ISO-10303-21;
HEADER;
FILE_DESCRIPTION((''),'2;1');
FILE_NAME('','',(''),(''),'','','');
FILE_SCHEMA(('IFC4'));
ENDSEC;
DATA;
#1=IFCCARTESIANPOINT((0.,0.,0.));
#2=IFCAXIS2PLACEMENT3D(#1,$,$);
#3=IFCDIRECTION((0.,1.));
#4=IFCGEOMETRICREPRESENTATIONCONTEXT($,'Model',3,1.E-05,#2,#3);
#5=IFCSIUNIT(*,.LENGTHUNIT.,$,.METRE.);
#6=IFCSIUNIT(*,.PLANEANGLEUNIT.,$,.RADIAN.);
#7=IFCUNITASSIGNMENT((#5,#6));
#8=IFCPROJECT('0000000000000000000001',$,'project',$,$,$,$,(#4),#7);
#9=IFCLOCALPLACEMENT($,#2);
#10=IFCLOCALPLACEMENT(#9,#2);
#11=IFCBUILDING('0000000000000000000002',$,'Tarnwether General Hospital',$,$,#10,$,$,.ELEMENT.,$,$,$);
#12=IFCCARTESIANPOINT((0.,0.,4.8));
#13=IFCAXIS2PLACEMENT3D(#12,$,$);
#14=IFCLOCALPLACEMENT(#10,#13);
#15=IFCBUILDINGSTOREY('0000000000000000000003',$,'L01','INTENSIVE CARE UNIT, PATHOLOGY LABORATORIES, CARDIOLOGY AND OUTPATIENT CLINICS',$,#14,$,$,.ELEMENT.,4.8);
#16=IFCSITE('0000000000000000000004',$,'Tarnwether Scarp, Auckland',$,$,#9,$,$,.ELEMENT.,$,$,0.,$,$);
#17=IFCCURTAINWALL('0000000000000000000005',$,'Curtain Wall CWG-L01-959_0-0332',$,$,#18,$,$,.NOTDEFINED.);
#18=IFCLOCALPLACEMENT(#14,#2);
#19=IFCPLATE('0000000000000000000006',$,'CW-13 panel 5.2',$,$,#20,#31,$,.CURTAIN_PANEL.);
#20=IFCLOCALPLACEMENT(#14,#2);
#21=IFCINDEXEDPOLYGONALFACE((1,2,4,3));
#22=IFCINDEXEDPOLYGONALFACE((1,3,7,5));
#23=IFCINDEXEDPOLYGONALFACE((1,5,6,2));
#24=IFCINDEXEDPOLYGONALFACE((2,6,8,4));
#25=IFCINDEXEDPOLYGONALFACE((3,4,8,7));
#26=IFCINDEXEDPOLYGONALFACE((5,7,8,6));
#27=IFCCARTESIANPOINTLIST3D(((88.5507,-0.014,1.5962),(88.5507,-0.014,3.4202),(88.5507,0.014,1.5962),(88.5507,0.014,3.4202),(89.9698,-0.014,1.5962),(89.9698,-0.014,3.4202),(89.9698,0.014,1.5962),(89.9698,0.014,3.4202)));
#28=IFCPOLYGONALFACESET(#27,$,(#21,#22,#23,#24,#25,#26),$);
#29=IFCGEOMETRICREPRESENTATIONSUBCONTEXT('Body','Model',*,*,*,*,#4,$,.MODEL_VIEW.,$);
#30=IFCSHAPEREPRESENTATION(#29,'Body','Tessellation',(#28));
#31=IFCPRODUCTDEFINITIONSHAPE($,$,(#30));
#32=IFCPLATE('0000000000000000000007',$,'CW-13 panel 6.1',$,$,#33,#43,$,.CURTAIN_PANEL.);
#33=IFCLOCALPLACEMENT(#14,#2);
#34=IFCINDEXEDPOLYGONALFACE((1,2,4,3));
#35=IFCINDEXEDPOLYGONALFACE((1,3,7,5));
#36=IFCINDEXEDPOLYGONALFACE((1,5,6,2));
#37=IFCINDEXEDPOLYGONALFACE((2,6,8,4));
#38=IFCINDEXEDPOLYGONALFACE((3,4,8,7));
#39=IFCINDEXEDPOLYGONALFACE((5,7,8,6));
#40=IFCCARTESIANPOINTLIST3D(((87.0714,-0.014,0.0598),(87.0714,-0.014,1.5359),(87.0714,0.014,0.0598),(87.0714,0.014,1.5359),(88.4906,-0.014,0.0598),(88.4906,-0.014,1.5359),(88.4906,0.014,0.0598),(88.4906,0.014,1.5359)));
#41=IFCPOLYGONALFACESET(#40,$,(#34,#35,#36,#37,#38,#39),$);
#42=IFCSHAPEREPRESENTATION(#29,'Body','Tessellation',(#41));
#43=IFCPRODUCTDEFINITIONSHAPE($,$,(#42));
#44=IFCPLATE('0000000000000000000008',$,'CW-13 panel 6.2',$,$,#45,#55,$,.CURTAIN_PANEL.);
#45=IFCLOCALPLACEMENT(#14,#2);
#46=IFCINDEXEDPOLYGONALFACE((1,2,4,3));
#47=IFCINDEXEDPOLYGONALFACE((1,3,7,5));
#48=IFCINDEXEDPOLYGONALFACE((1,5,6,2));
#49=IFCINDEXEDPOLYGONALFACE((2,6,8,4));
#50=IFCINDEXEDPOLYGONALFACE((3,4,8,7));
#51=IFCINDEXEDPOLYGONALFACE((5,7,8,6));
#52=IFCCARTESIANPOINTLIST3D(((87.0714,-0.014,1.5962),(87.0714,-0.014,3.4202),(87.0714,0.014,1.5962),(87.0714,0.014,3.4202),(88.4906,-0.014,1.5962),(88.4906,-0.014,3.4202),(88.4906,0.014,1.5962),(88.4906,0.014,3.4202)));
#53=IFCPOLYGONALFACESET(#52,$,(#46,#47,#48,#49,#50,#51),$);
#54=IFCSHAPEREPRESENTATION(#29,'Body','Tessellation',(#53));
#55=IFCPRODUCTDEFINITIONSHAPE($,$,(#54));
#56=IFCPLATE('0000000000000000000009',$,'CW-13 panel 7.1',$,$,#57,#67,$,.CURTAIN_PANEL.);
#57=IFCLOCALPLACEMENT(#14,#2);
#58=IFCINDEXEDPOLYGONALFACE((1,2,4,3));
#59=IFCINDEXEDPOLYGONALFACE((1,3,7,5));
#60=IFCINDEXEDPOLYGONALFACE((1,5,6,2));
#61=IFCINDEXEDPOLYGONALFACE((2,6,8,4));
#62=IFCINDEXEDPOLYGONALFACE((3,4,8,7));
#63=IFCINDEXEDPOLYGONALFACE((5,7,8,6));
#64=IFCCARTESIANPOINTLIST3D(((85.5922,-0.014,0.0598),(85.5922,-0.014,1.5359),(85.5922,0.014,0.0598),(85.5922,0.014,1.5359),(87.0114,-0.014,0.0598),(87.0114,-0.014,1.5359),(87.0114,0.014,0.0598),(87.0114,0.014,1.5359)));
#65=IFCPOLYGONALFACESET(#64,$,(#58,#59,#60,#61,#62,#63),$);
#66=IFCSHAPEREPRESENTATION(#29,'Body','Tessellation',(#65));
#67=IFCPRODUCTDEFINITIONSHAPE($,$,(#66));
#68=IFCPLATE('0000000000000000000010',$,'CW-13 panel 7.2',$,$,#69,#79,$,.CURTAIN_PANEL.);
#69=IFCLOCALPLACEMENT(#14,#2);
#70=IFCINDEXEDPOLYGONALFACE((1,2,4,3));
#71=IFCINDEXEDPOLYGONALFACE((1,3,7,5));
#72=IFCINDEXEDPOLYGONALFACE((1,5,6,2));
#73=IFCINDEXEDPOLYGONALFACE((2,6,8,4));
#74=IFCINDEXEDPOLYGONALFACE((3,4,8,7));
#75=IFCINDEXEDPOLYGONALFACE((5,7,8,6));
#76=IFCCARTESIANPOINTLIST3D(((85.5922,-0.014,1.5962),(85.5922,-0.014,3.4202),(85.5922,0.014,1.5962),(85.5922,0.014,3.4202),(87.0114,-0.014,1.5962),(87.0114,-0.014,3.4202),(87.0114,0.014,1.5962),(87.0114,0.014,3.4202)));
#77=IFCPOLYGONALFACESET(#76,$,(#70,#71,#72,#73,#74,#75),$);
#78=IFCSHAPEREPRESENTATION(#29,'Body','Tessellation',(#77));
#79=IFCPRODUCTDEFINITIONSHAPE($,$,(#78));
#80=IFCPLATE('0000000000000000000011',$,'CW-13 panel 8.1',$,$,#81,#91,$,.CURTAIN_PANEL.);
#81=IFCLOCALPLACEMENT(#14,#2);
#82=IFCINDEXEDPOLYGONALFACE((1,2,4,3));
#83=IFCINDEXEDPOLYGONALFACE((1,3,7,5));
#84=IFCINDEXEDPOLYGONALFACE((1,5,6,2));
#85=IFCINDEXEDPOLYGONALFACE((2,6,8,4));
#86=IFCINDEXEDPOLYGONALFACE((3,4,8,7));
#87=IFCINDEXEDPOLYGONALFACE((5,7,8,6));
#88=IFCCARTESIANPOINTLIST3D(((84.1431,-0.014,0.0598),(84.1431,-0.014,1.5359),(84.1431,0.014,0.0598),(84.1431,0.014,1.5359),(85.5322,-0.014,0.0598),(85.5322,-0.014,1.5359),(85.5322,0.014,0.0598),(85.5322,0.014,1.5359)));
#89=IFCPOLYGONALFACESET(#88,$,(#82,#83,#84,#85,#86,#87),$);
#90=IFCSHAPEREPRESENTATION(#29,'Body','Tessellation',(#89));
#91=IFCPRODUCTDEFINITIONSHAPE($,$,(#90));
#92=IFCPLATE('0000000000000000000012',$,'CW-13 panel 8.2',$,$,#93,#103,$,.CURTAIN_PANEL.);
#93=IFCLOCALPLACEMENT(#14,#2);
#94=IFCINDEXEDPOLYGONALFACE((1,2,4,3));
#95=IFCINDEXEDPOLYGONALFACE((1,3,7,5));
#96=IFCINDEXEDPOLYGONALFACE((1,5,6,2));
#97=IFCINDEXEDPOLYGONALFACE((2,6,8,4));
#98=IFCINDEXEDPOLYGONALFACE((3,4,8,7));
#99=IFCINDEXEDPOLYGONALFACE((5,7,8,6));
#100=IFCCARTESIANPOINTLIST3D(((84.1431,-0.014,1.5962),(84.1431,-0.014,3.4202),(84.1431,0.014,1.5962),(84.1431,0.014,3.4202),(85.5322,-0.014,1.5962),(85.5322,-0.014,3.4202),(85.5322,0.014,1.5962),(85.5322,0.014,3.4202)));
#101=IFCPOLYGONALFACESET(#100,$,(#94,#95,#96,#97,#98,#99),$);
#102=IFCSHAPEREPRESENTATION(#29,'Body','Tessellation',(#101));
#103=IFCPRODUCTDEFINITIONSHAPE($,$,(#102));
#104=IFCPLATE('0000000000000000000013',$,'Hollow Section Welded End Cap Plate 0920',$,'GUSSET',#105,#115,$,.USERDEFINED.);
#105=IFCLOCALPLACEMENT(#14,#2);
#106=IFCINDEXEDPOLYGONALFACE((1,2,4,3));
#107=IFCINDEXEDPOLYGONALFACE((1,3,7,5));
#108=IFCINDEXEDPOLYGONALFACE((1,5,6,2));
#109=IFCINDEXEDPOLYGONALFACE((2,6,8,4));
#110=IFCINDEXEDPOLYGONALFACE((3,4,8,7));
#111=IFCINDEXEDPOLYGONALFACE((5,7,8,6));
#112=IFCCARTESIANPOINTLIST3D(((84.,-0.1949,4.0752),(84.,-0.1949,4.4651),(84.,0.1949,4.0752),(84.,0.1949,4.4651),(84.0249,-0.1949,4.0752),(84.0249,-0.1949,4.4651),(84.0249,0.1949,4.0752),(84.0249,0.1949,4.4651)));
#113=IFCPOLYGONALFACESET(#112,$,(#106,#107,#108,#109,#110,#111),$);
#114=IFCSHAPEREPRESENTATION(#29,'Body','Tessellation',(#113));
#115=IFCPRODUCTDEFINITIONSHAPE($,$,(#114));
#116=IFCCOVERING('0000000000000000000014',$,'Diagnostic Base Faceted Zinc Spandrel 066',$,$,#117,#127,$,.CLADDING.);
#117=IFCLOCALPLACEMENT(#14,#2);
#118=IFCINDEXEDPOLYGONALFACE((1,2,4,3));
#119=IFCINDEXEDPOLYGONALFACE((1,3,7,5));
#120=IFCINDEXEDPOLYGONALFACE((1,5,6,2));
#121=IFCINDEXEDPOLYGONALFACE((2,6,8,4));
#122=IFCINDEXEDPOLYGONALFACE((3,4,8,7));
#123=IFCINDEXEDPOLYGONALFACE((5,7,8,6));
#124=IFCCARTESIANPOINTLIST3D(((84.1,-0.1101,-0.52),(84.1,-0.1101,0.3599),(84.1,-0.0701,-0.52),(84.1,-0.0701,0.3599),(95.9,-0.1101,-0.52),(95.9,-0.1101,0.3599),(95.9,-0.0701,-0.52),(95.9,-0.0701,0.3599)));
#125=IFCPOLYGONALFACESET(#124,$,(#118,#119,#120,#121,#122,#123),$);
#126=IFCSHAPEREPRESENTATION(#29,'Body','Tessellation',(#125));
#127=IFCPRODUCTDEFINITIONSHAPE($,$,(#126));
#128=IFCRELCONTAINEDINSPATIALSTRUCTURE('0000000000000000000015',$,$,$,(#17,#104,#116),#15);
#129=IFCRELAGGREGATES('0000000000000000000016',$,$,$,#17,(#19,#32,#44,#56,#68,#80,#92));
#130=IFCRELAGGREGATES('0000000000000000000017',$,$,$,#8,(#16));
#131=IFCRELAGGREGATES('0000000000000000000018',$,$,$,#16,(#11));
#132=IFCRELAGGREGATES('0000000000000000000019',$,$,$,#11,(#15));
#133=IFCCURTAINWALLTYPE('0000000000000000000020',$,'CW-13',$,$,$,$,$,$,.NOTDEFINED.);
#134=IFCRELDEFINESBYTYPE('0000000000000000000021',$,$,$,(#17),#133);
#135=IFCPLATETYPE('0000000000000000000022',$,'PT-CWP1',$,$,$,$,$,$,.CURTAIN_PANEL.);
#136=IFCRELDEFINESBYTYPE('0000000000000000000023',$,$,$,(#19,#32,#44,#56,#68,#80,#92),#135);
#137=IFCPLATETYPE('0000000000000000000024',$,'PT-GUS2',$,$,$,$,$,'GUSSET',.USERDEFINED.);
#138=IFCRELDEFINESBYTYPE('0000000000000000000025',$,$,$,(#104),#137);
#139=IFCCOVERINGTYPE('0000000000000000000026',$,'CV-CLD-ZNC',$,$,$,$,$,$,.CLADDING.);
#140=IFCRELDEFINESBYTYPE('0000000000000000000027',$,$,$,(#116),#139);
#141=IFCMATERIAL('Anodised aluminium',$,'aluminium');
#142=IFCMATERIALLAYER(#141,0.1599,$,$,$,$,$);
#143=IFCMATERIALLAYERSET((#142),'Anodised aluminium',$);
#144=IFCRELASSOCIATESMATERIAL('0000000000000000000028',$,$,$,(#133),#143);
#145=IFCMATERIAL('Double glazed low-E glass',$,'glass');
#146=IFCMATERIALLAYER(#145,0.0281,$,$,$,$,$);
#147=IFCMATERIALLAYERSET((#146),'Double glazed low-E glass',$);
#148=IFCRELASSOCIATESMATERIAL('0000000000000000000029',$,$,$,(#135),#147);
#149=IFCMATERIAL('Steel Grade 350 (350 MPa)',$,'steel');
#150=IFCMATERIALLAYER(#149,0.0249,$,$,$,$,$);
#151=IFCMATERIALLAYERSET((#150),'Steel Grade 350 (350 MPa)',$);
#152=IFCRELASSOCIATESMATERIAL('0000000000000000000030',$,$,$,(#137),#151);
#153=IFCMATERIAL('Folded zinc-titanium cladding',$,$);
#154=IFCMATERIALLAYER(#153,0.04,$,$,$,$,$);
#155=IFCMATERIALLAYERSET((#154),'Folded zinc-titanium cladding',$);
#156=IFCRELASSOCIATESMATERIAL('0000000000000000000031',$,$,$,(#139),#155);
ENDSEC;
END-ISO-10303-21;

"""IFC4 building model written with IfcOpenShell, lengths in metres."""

from ifc_helpers import new_model, si_unit, direction, frame, origin, origin_2d, place, context, subcontext, project, spatial, rectangle, extrude, material, layer, layer_set, type_object, element, aggregate, save


model = new_model("IFC4")

# Units and contexts
model_context = context("Model", 3, precision=1e-05, world=origin(), true_north=direction((0.0, 1.0)))
body_context = subcontext(model_context, "Body", "Model", "MODEL_VIEW")
ifc_project = project(units=[si_unit("LENGTHUNIT", "METRE"), si_unit("PLANEANGLEUNIT", "RADIAN")], contexts=[model_context])

# Site, building, storey
site_placement = place(None, origin())
site = spatial("IfcSite", under=ifc_project, at=site_placement, Name="Tarnwether Scarp, Auckland", CompositionType="ELEMENT", RefElevation=0.0)
building_placement = place(site_placement, origin())
building = spatial("IfcBuilding", under=site, at=building_placement, Name="Tarnwether General Hospital", CompositionType="ELEMENT")
storey_placement = place(building_placement, frame((0.0, 0.0, 4.8)))
storey = spatial("IfcBuildingStorey", under=building, at=storey_placement, Name="L01", Description="INTENSIVE CARE UNIT, PATHOLOGY LABORATORIES, CARDIOLOGY AND OUTPATIENT CLINICS", CompositionType="ELEMENT", Elevation=4.8)

# Curtain wall, plates
ifc_material_1 = material(Name="Anodised aluminium", Category="aluminium")
ifc_layer_1 = layer(ifc_material_1, 0.1599)
ifc_layer_set_1 = layer_set([ifc_layer_1], Name="Anodised aluminium")
curtain_wall_type = type_object("IfcCurtainWallType", Name="CW-13", PredefinedType="NOTDEFINED", material=ifc_layer_set_1)
curtain_wall_placement = place(storey_placement, origin())
curtain_wall = element("IfcCurtainWall", 1, at=curtain_wall_placement, inside=storey, type_object=curtain_wall_type, Name="Curtain Wall CWG-L01-959_0-0332", PredefinedType="NOTDEFINED")
ifc_material_2 = material(Name="Double glazed low-E glass", Category="glass")
ifc_layer_2 = layer(ifc_material_2, 0.0281)
ifc_layer_set_2 = layer_set([ifc_layer_2], Name="Double glazed low-E glass")
plate_type_1 = type_object("IfcPlateType", Name="PT-CWP1", PredefinedType="CURTAIN_PANEL", material=ifc_layer_set_2)
plate_1_placement = place(storey_placement, frame((89.2603, 0.0, 1.5962), z_axis=(0.0, 0.0, 1.0), x_axis=(-1.0, 0.0, 0.0)))
plate_1 = element("IfcPlate", 2, at=plate_1_placement, type_object=plate_type_1, Name="CW-13 panel 5.2", PredefinedType="CURTAIN_PANEL", context=body_context, shape_type="SweptSolid", body=[
    extrude(rectangle(XDim=1.4192, YDim=0.0281, at=origin_2d()), origin(), (0.0, 0.0, 1.0), 1.824),
])
plate_2_placement = place(storey_placement, frame((87.781, 0.0, 0.0598), z_axis=(0.0, 0.0, 1.0), x_axis=(-1.0, 0.0, 0.0)))
plate_2 = element("IfcPlate", 3, at=plate_2_placement, type_object=plate_type_1, Name="CW-13 panel 6.1", PredefinedType="CURTAIN_PANEL", context=body_context, shape_type="SweptSolid", body=[
    extrude(rectangle(XDim=1.4192, YDim=0.0281, at=origin_2d()), origin(), (0.0, 0.0, 1.0), 1.4761),
])
plate_3_placement = place(storey_placement, frame((87.781, 0.0, 1.5962), z_axis=(0.0, 0.0, 1.0), x_axis=(-1.0, 0.0, 0.0)))
plate_3 = element("IfcPlate", 4, at=plate_3_placement, type_object=plate_type_1, Name="CW-13 panel 6.2", PredefinedType="CURTAIN_PANEL", context=body_context, shape_type="SweptSolid", body=[
    extrude(rectangle(XDim=1.4192, YDim=0.0281, at=origin_2d()), origin(), (0.0, 0.0, 1.0), 1.824),
])
plate_4_placement = place(storey_placement, frame((86.3018, 0.0, 0.0598), z_axis=(0.0, 0.0, 1.0), x_axis=(-1.0, 0.0, 0.0)))
plate_4 = element("IfcPlate", 5, at=plate_4_placement, type_object=plate_type_1, Name="CW-13 panel 7.1", PredefinedType="CURTAIN_PANEL", context=body_context, shape_type="SweptSolid", body=[
    extrude(rectangle(XDim=1.4192, YDim=0.0281, at=origin_2d()), origin(), (0.0, 0.0, 1.0), 1.4761),
])
plate_5_placement = place(storey_placement, frame((86.3018, 0.0, 1.5962), z_axis=(0.0, 0.0, 1.0), x_axis=(-1.0, 0.0, 0.0)))
plate_5 = element("IfcPlate", 6, at=plate_5_placement, type_object=plate_type_1, Name="CW-13 panel 7.2", PredefinedType="CURTAIN_PANEL", context=body_context, shape_type="SweptSolid", body=[
    extrude(rectangle(XDim=1.4192, YDim=0.0281, at=origin_2d()), origin(), (0.0, 0.0, 1.0), 1.824),
])
plate_6_placement = place(storey_placement, frame((84.8376, 0.0, 0.0598), z_axis=(0.0, 0.0, 1.0), x_axis=(-1.0, 0.0, 0.0)))
plate_6 = element("IfcPlate", 7, at=plate_6_placement, type_object=plate_type_1, Name="CW-13 panel 8.1", PredefinedType="CURTAIN_PANEL", context=body_context, shape_type="SweptSolid", body=[
    extrude(rectangle(XDim=1.3892, YDim=0.0281, at=origin_2d()), origin(), (0.0, 0.0, 1.0), 1.4761),
])
plate_7_placement = place(storey_placement, frame((84.8376, 0.0, 1.5962), z_axis=(0.0, 0.0, 1.0), x_axis=(-1.0, 0.0, 0.0)))
plate_7 = element("IfcPlate", 8, at=plate_7_placement, type_object=plate_type_1, Name="CW-13 panel 8.2", PredefinedType="CURTAIN_PANEL", context=body_context, shape_type="SweptSolid", body=[
    extrude(rectangle(XDim=1.3892, YDim=0.0281, at=origin_2d()), origin(), (0.0, 0.0, 1.0), 1.824),
])
aggregate(curtain_wall, [plate_1, plate_2, plate_3, plate_4, plate_5, plate_6, plate_7])

# Plate
ifc_material_3 = material(Name="Steel Grade 350 (350 MPa)", Category="steel")
ifc_layer_3 = layer(ifc_material_3, 0.0249)
ifc_layer_set_3 = layer_set([ifc_layer_3], Name="Steel Grade 350 (350 MPa)")
plate_type_2 = type_object("IfcPlateType", Name="PT-GUS2", ElementType="GUSSET", PredefinedType="USERDEFINED", material=ifc_layer_set_3)
plate_8_placement = place(storey_placement, frame((84.0125, 0.0, 4.0752), z_axis=(0.0, 0.0, 1.0), x_axis=(1.0, 0.0, 0.0)))
element("IfcPlate", 9, at=plate_8_placement, inside=storey, type_object=plate_type_2, Name="Hollow Section Welded End Cap Plate 0920", ObjectType="GUSSET", PredefinedType="USERDEFINED", context=body_context, shape_type="SweptSolid", body=[
    extrude(rectangle(XDim=0.0249, YDim=0.3899, at=origin_2d()), origin(), (0.0, 0.0, 1.0), 0.3899),
])

# Covering
ifc_material_4 = material(Name="Folded zinc-titanium cladding")
ifc_layer_4 = layer(ifc_material_4, 0.04)
ifc_layer_set_4 = layer_set([ifc_layer_4], Name="Folded zinc-titanium cladding")
covering_type = type_object("IfcCoveringType", Name="CV-CLD-ZNC", PredefinedType="CLADDING", material=ifc_layer_set_4)
covering_placement = place(storey_placement, frame((90.0, -0.0901, -0.52), z_axis=(0.0, 0.0, 1.0), x_axis=(1.0, 0.0, 0.0)))
element("IfcCovering", 10, at=covering_placement, inside=storey, type_object=covering_type, Name="Diagnostic Base Faceted Zinc Spandrel 066", PredefinedType="CLADDING", context=body_context, shape_type="SweptSolid", body=[
    extrude(rectangle(XDim=11.8, YDim=0.04, at=origin_2d()), origin(), (0.0, 0.0, 1.0), 0.8799),
])

save(model, "model.ifc")
